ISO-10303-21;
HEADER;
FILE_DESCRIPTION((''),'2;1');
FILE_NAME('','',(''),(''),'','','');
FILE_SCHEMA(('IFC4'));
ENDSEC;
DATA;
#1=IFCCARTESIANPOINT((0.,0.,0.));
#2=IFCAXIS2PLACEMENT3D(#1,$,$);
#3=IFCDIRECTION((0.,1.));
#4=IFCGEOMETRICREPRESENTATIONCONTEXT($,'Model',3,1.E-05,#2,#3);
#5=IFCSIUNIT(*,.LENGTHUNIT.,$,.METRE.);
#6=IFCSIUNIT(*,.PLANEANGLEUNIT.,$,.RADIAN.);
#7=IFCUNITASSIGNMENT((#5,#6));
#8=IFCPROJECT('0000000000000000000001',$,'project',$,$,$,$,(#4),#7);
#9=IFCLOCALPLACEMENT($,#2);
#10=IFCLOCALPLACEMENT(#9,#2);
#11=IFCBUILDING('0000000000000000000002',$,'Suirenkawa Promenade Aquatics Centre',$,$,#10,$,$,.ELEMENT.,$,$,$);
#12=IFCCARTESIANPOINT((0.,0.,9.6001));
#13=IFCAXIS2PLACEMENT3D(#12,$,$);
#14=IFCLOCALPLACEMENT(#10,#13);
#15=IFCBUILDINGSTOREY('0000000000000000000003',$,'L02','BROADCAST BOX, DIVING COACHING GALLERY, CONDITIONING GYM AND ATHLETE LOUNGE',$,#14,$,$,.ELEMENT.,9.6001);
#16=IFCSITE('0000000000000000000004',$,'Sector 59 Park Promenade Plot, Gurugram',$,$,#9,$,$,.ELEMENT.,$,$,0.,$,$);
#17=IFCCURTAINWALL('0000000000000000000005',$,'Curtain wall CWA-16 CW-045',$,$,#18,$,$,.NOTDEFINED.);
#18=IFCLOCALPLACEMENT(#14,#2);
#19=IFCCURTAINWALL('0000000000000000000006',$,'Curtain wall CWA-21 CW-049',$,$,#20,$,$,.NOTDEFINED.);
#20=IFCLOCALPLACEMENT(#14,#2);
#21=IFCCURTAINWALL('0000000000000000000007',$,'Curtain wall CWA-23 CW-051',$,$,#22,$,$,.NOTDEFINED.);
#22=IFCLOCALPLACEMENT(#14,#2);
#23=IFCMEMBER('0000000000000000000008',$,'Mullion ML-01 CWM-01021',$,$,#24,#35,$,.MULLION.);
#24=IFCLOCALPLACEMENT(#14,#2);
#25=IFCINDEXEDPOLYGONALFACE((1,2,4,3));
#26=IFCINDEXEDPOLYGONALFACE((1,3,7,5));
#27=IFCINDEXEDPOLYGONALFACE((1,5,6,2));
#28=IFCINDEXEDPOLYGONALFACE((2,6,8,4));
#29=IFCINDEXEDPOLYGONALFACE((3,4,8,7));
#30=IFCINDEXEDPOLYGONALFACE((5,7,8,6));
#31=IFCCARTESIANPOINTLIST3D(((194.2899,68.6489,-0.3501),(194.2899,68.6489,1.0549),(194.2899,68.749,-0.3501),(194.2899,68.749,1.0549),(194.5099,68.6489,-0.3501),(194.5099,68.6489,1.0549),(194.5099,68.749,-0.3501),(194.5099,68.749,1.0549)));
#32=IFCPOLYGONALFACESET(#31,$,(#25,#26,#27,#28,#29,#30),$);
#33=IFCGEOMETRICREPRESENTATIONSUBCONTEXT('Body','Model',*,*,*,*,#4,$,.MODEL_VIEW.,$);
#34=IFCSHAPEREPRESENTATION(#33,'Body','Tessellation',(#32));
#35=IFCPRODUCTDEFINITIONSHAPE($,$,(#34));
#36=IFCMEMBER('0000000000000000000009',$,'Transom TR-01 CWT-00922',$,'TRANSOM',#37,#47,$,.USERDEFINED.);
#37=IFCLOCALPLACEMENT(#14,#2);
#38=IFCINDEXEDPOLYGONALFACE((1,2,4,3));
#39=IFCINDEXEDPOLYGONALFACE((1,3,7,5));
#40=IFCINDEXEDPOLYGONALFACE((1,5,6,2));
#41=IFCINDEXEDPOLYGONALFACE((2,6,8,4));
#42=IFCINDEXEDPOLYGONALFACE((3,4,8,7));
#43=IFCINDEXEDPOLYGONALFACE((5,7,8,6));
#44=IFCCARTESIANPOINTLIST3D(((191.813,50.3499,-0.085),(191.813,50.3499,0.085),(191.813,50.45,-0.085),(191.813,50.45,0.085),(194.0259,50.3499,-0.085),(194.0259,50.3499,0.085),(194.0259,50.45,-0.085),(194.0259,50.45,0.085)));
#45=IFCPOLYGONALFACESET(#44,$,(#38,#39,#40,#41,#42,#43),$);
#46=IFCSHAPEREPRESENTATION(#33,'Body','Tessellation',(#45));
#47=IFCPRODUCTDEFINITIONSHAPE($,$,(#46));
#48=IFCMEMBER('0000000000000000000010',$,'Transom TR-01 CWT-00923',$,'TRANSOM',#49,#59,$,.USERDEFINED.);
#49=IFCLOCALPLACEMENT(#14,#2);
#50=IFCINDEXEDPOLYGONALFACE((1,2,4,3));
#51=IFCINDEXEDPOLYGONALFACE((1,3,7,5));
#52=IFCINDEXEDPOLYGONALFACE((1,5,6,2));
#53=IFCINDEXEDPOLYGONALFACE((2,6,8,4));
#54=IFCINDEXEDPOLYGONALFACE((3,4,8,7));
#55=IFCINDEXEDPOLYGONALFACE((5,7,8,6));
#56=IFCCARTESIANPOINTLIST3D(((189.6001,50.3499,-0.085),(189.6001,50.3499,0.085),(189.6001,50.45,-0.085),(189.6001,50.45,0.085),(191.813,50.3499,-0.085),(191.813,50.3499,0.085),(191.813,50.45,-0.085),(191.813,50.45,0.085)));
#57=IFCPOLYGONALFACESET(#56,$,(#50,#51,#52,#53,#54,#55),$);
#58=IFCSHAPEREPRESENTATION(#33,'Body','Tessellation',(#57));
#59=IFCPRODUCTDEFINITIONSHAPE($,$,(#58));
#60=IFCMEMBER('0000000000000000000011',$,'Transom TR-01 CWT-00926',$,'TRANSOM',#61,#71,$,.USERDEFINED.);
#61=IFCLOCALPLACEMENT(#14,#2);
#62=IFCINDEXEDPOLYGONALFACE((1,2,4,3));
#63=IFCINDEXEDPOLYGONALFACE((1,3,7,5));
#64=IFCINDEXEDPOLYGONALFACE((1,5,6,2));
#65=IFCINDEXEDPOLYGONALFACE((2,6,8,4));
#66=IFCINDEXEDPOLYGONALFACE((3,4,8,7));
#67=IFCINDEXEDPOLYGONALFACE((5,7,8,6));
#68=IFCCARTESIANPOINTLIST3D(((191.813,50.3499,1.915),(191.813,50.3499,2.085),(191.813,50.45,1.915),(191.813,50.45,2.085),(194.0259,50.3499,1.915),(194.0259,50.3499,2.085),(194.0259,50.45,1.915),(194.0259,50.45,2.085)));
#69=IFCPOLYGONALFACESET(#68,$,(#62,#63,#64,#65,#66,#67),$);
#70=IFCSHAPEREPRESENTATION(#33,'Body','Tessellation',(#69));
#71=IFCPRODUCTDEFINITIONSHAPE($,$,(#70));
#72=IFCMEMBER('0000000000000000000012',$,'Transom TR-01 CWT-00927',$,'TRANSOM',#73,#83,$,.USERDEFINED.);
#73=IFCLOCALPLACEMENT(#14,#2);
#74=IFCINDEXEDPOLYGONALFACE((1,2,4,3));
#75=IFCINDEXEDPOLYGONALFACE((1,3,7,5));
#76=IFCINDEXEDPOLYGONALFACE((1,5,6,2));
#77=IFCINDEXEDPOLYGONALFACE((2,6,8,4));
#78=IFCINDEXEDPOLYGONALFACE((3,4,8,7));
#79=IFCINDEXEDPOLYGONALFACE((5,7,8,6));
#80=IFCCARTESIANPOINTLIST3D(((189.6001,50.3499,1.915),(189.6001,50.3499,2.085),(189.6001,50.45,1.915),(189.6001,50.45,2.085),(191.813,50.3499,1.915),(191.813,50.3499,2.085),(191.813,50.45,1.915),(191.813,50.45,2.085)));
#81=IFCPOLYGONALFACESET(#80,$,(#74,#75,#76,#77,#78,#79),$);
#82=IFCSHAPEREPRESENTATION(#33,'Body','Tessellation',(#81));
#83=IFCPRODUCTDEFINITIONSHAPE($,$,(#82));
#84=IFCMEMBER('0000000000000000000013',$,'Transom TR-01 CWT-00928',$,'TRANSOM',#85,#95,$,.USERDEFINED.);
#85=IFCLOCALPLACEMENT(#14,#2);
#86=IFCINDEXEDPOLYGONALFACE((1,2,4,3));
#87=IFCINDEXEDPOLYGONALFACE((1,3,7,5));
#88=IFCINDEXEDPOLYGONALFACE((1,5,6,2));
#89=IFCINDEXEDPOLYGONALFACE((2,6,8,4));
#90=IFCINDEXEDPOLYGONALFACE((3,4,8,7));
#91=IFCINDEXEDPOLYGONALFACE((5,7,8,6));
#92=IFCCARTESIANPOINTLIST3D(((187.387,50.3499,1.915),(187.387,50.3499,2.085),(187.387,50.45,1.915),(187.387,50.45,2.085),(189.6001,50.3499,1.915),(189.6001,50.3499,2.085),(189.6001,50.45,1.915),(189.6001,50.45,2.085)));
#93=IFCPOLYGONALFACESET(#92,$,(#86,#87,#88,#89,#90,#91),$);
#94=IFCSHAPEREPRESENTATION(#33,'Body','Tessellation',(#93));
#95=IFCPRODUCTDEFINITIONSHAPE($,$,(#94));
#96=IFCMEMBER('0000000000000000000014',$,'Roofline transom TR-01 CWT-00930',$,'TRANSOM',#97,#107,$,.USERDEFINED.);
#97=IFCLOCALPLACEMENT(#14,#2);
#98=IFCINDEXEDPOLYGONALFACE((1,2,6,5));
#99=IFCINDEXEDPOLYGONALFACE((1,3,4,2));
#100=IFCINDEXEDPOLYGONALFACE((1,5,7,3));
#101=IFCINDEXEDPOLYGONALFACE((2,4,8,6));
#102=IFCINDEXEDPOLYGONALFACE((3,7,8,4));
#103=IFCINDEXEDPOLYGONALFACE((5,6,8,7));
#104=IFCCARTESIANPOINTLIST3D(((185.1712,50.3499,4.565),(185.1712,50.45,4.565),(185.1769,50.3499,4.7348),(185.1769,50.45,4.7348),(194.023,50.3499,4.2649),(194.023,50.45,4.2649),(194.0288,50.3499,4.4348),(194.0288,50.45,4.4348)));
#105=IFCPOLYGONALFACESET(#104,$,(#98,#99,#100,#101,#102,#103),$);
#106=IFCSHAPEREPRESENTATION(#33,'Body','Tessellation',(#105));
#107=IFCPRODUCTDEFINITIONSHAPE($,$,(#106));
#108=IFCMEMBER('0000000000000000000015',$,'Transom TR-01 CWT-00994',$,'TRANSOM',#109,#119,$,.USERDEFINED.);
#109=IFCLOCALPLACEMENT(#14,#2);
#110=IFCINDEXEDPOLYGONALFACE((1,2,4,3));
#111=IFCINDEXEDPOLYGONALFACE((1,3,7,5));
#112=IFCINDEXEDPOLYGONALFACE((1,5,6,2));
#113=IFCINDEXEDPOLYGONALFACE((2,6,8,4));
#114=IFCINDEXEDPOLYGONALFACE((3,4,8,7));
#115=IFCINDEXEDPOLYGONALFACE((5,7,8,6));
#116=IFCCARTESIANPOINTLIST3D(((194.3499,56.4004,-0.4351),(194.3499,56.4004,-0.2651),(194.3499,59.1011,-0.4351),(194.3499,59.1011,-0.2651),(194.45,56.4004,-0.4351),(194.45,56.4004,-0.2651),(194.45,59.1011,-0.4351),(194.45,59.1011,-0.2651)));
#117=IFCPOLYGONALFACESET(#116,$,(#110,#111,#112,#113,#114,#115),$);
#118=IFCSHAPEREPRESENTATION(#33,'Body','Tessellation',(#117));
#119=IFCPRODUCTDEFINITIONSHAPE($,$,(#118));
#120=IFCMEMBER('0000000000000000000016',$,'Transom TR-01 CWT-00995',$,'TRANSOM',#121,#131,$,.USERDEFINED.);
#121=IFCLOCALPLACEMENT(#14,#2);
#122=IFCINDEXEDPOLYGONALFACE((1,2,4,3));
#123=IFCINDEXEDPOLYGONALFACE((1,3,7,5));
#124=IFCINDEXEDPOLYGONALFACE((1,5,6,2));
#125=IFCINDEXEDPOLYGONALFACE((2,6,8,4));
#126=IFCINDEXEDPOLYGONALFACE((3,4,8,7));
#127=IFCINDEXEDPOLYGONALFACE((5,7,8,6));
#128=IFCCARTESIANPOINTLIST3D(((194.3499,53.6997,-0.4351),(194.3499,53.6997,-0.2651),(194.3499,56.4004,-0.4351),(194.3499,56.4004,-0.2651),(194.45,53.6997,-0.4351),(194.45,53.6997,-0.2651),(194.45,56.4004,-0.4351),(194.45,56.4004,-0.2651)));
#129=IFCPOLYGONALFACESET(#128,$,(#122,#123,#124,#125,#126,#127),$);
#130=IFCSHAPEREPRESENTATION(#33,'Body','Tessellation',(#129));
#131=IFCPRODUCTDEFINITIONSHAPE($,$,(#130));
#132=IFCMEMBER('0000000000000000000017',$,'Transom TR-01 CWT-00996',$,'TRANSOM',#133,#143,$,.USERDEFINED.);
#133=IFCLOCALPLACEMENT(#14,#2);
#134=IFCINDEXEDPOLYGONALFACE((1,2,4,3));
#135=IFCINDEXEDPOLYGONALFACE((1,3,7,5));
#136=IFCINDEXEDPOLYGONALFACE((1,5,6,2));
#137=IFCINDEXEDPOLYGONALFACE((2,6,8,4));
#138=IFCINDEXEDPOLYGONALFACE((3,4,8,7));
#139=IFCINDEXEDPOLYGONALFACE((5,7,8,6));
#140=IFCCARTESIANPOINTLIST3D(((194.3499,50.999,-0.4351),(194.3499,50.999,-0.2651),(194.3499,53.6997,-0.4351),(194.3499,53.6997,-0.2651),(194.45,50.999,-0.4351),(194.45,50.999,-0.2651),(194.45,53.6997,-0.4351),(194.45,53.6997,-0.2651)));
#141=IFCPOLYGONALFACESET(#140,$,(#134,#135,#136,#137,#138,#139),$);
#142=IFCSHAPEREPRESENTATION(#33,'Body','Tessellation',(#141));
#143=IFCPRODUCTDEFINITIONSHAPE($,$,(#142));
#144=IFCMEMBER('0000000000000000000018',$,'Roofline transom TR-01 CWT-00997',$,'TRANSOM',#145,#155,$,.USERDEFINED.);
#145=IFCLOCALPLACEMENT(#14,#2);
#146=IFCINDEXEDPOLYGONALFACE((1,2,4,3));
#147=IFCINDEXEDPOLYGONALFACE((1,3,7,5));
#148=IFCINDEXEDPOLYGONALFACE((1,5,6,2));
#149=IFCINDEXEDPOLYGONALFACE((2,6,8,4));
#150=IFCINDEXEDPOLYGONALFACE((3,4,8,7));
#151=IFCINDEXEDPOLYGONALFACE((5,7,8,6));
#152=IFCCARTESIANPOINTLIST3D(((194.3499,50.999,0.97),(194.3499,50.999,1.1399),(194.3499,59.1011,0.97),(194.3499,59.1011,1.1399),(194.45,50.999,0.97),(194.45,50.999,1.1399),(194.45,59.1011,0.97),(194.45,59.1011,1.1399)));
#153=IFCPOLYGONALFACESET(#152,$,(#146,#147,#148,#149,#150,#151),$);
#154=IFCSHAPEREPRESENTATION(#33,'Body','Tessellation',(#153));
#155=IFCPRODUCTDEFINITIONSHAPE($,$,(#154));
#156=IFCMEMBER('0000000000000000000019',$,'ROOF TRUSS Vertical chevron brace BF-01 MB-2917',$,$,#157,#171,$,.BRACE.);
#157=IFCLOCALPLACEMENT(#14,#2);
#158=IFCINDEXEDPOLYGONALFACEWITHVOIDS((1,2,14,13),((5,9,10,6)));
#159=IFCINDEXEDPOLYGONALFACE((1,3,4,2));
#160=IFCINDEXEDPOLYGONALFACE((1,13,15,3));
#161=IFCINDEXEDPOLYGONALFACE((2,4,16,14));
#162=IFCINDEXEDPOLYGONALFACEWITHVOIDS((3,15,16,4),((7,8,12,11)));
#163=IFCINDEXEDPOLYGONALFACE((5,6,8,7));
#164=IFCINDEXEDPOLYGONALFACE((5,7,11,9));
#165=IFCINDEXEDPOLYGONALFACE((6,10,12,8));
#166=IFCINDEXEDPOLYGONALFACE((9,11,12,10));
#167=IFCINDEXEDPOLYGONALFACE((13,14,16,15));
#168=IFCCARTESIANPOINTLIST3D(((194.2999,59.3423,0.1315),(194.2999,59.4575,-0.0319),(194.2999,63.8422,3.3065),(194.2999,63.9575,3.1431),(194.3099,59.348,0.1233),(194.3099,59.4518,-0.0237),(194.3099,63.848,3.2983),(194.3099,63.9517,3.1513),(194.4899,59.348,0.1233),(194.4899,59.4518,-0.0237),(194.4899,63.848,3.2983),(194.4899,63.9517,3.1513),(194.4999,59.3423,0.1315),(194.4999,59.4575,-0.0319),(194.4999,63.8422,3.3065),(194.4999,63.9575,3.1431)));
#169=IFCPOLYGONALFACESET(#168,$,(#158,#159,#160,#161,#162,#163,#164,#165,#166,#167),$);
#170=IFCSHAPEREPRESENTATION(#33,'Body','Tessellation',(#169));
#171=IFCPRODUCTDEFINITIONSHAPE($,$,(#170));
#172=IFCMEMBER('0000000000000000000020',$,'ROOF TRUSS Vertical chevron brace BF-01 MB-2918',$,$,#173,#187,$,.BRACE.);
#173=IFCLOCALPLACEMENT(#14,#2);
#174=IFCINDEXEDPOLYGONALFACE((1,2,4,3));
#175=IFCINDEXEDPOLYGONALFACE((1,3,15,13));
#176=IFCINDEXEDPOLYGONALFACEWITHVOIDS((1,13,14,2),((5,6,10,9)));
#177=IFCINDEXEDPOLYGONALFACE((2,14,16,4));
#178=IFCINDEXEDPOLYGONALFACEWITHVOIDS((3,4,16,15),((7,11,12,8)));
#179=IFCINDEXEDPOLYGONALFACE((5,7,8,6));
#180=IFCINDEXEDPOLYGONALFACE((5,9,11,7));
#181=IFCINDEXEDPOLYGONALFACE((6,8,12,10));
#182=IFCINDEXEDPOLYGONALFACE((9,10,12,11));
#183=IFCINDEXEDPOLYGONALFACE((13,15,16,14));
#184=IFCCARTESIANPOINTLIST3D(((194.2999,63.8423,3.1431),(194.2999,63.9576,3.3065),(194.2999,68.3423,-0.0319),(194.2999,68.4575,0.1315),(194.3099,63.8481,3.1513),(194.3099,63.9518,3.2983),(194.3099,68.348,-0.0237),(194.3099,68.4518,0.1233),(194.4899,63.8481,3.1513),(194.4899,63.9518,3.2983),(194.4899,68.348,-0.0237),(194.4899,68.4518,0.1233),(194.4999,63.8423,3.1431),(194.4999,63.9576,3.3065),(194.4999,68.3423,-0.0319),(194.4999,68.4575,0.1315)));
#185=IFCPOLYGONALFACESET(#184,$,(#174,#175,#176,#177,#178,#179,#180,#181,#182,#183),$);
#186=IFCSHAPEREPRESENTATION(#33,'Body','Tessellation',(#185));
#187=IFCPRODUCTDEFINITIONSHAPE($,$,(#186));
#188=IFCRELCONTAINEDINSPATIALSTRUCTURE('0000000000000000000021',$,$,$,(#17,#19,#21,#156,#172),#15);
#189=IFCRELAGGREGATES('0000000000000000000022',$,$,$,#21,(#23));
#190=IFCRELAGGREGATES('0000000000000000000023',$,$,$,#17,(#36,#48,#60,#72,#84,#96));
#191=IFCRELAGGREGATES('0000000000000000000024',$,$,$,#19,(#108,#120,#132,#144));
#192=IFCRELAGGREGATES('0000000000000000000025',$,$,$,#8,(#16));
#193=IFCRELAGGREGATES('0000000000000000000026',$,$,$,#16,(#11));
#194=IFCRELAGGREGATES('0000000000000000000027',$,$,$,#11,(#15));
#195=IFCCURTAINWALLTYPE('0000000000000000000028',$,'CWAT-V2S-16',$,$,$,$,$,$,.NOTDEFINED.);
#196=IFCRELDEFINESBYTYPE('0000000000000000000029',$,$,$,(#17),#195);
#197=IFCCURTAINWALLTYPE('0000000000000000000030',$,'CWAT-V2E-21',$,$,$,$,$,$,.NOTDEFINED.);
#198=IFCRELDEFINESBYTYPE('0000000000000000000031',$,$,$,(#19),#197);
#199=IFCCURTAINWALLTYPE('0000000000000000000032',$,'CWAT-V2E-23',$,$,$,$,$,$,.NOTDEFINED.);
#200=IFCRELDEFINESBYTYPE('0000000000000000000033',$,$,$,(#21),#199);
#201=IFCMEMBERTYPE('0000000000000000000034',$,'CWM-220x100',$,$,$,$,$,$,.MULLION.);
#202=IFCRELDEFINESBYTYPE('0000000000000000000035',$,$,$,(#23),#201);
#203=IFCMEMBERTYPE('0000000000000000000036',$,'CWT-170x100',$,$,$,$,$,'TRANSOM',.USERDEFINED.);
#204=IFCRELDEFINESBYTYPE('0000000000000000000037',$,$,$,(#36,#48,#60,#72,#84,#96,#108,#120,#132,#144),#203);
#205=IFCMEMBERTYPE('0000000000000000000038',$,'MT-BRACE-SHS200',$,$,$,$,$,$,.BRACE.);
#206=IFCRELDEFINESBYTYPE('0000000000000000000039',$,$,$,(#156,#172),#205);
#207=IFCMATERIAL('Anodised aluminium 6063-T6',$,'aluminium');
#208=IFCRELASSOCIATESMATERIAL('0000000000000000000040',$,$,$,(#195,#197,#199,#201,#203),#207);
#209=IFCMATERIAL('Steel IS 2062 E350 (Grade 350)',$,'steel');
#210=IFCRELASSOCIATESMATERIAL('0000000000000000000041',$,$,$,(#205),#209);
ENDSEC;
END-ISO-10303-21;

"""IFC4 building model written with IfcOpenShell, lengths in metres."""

from ifc_helpers import new_model, si_unit, direction, frame, origin, origin_2d, place, context, subcontext, project, spatial, rectangle, hollow_rectangle, extrude, material, material_profile, profile_set, type_object, element, aggregate, save


model = new_model("IFC4")

# Units and contexts
model_context = context("Model", 3, precision=1e-05, world=origin(), true_north=direction((0.0, 1.0)))
body_context = subcontext(model_context, "Body", "Model", "MODEL_VIEW")
ifc_project = project(units=[si_unit("LENGTHUNIT", "METRE"), si_unit("PLANEANGLEUNIT", "RADIAN")], contexts=[model_context])

# Site, building, storey
site_placement = place(None, origin())
site = spatial("IfcSite", under=ifc_project, at=site_placement, Name="Sector 59 Park Promenade Plot, Gurugram", CompositionType="ELEMENT", RefElevation=0.0)
building_placement = place(site_placement, origin())
building = spatial("IfcBuilding", under=site, at=building_placement, Name="Suirenkawa Promenade Aquatics Centre", CompositionType="ELEMENT")
storey_placement = place(building_placement, frame((0.0, 0.0, 9.6001)))
storey = spatial("IfcBuildingStorey", under=building, at=storey_placement, Name="L02", Description="BROADCAST BOX, DIVING COACHING GALLERY, CONDITIONING GYM AND ATHLETE LOUNGE", CompositionType="ELEMENT", Elevation=9.6001)

# Shared definitions
ifc_material_1 = material(Name="Steel IS 2062 E350 (Grade 350)", Category="steel")

# Curtain walls
ifc_material_2 = material(Name="Anodised aluminium 6063-T6", Category="aluminium")
curtain_wall_type_1 = type_object("IfcCurtainWallType", Name="CWAT-V2S-16", PredefinedType="NOTDEFINED", material=ifc_material_2)
curtain_wall_1_placement = place(storey_placement, origin())
curtain_wall_1 = element("IfcCurtainWall", 1, at=curtain_wall_1_placement, inside=storey, type_object=curtain_wall_type_1, Name="Curtain wall CWA-16 CW-045", PredefinedType="NOTDEFINED")
ifc_material_profile_1 = material_profile(ifc_material_2, rectangle(XDim=0.1001, YDim=0.22, at=origin_2d()), Name="ALU MULL 100x220", Category="aluminium")
ifc_profile_set_1 = profile_set([ifc_material_profile_1], Name="Anodised aluminium 6063-T6")
member_type_1 = type_object("IfcMemberType", Name="CWM-220x100", PredefinedType="MULLION", material=ifc_profile_set_1)
curtain_wall_type_2 = type_object("IfcCurtainWallType", Name="CWAT-V2E-21", PredefinedType="NOTDEFINED", material=ifc_material_2)
curtain_wall_2_placement = place(storey_placement, origin())
curtain_wall_2 = element("IfcCurtainWall", 2, at=curtain_wall_2_placement, inside=storey, type_object=curtain_wall_type_2, Name="Curtain wall CWA-21 CW-049", PredefinedType="NOTDEFINED")

# Curtain wall, member
curtain_wall_type_3 = type_object("IfcCurtainWallType", Name="CWAT-V2E-23", PredefinedType="NOTDEFINED", material=ifc_material_2)
curtain_wall_3_placement = place(storey_placement, origin())
curtain_wall_3 = element("IfcCurtainWall", 3, at=curtain_wall_3_placement, inside=storey, type_object=curtain_wall_type_3, Name="Curtain wall CWA-23 CW-051", PredefinedType="NOTDEFINED")
member_1_placement = place(storey_placement, frame((194.3999, 68.699, -0.3501), z_axis=(0.0, 0.0, 1.0), x_axis=(0.0, -1.0, 0.0)))
member_1 = element("IfcMember", 4, at=member_1_placement, type_object=member_type_1, Name="Mullion ML-01 CWM-01021", PredefinedType="MULLION", context=body_context, shape_type="SweptSolid", body=[
    extrude(rectangle(XDim=0.1001, YDim=0.22, at=origin_2d()), origin(), (0.0, 0.0, 1.0), 1.405),
])
aggregate(curtain_wall_3, [member_1])

# Members
ifc_material_profile_2 = material_profile(ifc_material_2, rectangle(XDim=0.1001, YDim=0.1699, at=origin_2d()), Name="ALU TRAN 100x170", Category="aluminium")
ifc_profile_set_2 = profile_set([ifc_material_profile_2], Name="Anodised aluminium 6063-T6")
member_type_2 = type_object("IfcMemberType", Name="CWT-170x100", ElementType="TRANSOM", PredefinedType="USERDEFINED", material=ifc_profile_set_2)
member_2_placement = place(storey_placement, frame((194.0259, 50.3999, 0.0), z_axis=(-1.0, 0.0, 0.0), x_axis=(0.0, -1.0, 0.0)))
member_2 = element("IfcMember", 5, at=member_2_placement, type_object=member_type_2, Name="Transom TR-01 CWT-00922", ObjectType="TRANSOM", PredefinedType="USERDEFINED", context=body_context, shape_type="SweptSolid", body=[
    extrude(rectangle(XDim=0.1001, YDim=0.1699, at=origin_2d()), origin(), (0.0, 0.0, 1.0), 2.2129),
])
member_3_placement = place(storey_placement, frame((191.813, 50.3999, 0.0), z_axis=(-1.0, 0.0, 0.0), x_axis=(0.0, -1.0, 0.0)))
member_3 = element("IfcMember", 6, at=member_3_placement, type_object=member_type_2, Name="Transom TR-01 CWT-00923", ObjectType="TRANSOM", PredefinedType="USERDEFINED", context=body_context, shape_type="SweptSolid", body=[
    extrude(rectangle(XDim=0.1001, YDim=0.1699, at=origin_2d()), origin(), (0.0, 0.0, 1.0), 2.2129),
])
member_4_placement = place(storey_placement, frame((194.0259, 50.3999, 2.0), z_axis=(-1.0, 0.0, 0.0), x_axis=(0.0, -1.0, 0.0)))
member_4 = element("IfcMember", 7, at=member_4_placement, type_object=member_type_2, Name="Transom TR-01 CWT-00926", ObjectType="TRANSOM", PredefinedType="USERDEFINED", context=body_context, shape_type="SweptSolid", body=[
    extrude(rectangle(XDim=0.1001, YDim=0.1699, at=origin_2d()), origin(), (0.0, 0.0, 1.0), 2.2129),
])
member_5_placement = place(storey_placement, frame((191.813, 50.3999, 2.0), z_axis=(-1.0, 0.0, 0.0), x_axis=(0.0, -1.0, 0.0)))
member_5 = element("IfcMember", 8, at=member_5_placement, type_object=member_type_2, Name="Transom TR-01 CWT-00927", ObjectType="TRANSOM", PredefinedType="USERDEFINED", context=body_context, shape_type="SweptSolid", body=[
    extrude(rectangle(XDim=0.1001, YDim=0.1699, at=origin_2d()), origin(), (0.0, 0.0, 1.0), 2.2129),
])
member_6_placement = place(storey_placement, frame((189.6001, 50.3999, 2.0), z_axis=(-1.0, 0.0, 0.0), x_axis=(0.0, -1.0, 0.0)))
member_6 = element("IfcMember", 9, at=member_6_placement, type_object=member_type_2, Name="Transom TR-01 CWT-00928", ObjectType="TRANSOM", PredefinedType="USERDEFINED", context=body_context, shape_type="SweptSolid", body=[
    extrude(rectangle(XDim=0.1001, YDim=0.1699, at=origin_2d()), origin(), (0.0, 0.0, 1.0), 2.2131),
])
member_7_placement = place(storey_placement, frame((194.0259, 50.3999, 4.3499), z_axis=(-0.999426, 0.0, 0.033877), x_axis=(0.0, -1.0, 0.0)))
member_7 = element("IfcMember", 10, at=member_7_placement, type_object=member_type_2, Name="Roofline transom TR-01 CWT-00930", ObjectType="TRANSOM", PredefinedType="USERDEFINED", context=body_context, shape_type="SweptSolid", body=[
    extrude(rectangle(XDim=0.1001, YDim=0.1699, at=origin_2d()), origin(), (0.0, 0.0, 1.0), 8.8569),
])
member_8_placement = place(storey_placement, frame((194.3999, 59.1011, -0.3501), z_axis=(0.0, -1.0, 0.0), x_axis=(1.0, 0.0, 0.0)))
member_8 = element("IfcMember", 11, at=member_8_placement, type_object=member_type_2, Name="Transom TR-01 CWT-00994", ObjectType="TRANSOM", PredefinedType="USERDEFINED", context=body_context, shape_type="SweptSolid", body=[
    extrude(rectangle(XDim=0.1001, YDim=0.1699, at=origin_2d()), origin(), (0.0, 0.0, 1.0), 2.7007),
])
member_9_placement = place(storey_placement, frame((194.3999, 56.4004, -0.3501), z_axis=(0.0, -1.0, 0.0), x_axis=(1.0, 0.0, 0.0)))
member_9 = element("IfcMember", 12, at=member_9_placement, type_object=member_type_2, Name="Transom TR-01 CWT-00995", ObjectType="TRANSOM", PredefinedType="USERDEFINED", context=body_context, shape_type="SweptSolid", body=[
    extrude(rectangle(XDim=0.1001, YDim=0.1699, at=origin_2d()), origin(), (0.0, 0.0, 1.0), 2.7007),
])
member_10_placement = place(storey_placement, frame((194.3999, 53.6997, -0.3501), z_axis=(0.0, -1.0, 0.0), x_axis=(1.0, 0.0, 0.0)))
member_10 = element("IfcMember", 13, at=member_10_placement, type_object=member_type_2, Name="Transom TR-01 CWT-00996", ObjectType="TRANSOM", PredefinedType="USERDEFINED", context=body_context, shape_type="SweptSolid", body=[
    extrude(rectangle(XDim=0.1001, YDim=0.1699, at=origin_2d()), origin(), (0.0, 0.0, 1.0), 2.7007),
])
member_11_placement = place(storey_placement, frame((194.3999, 59.1011, 1.0549), z_axis=(0.0, -1.0, 0.0), x_axis=(1.0, 0.0, 0.0)))
member_11 = element("IfcMember", 14, at=member_11_placement, type_object=member_type_2, Name="Roofline transom TR-01 CWT-00997", ObjectType="TRANSOM", PredefinedType="USERDEFINED", context=body_context, shape_type="SweptSolid", body=[
    extrude(rectangle(XDim=0.1001, YDim=0.1699, at=origin_2d()), origin(), (0.0, 0.0, 1.0), 8.1021),
])

# Members
ifc_material_profile_3 = material_profile(ifc_material_1, hollow_rectangle(XDim=0.2, YDim=0.2, WallThickness=0.01, at=origin_2d()), Name="SHS 200x200x10", Category="steel")
ifc_profile_set_3 = profile_set([ifc_material_profile_3], Name="Steel IS 2062 E350 (Grade 350)")
member_type_3 = type_object("IfcMemberType", Name="MT-BRACE-SHS200", PredefinedType="BRACE", material=ifc_profile_set_3)
for number, where, z_axis, x_axis, name in (
    (15, (194.3999, 59.3999, 0.0498), (0.0, 0.817089, 0.576511), (-1.0, 0.0, 0.0), "ROOF TRUSS Vertical chevron brace BF-01 MB-2917"),
    (16, (194.3999, 68.3999, 0.0498), (0.0, -0.817089, 0.576511), (1.0, 0.0, 0.0), "ROOF TRUSS Vertical chevron brace BF-01 MB-2918"),
):
    element("IfcMember", number, at=place(storey_placement, frame(where, z_axis=z_axis, x_axis=x_axis)), inside=storey, type_object=member_type_3, Name=name, PredefinedType="BRACE", context=body_context, shape_type="SweptSolid", body=[
        extrude(hollow_rectangle(XDim=0.2, YDim=0.2, WallThickness=0.01, at=origin_2d()), origin(), (0.0, 0.0, 1.0), 5.5073),
    ])

aggregate(curtain_wall_1, [member_2, member_3, member_4, member_5, member_6, member_7])
aggregate(curtain_wall_2, [member_8, member_9, member_10, member_11])

save(model, "model.ifc")
